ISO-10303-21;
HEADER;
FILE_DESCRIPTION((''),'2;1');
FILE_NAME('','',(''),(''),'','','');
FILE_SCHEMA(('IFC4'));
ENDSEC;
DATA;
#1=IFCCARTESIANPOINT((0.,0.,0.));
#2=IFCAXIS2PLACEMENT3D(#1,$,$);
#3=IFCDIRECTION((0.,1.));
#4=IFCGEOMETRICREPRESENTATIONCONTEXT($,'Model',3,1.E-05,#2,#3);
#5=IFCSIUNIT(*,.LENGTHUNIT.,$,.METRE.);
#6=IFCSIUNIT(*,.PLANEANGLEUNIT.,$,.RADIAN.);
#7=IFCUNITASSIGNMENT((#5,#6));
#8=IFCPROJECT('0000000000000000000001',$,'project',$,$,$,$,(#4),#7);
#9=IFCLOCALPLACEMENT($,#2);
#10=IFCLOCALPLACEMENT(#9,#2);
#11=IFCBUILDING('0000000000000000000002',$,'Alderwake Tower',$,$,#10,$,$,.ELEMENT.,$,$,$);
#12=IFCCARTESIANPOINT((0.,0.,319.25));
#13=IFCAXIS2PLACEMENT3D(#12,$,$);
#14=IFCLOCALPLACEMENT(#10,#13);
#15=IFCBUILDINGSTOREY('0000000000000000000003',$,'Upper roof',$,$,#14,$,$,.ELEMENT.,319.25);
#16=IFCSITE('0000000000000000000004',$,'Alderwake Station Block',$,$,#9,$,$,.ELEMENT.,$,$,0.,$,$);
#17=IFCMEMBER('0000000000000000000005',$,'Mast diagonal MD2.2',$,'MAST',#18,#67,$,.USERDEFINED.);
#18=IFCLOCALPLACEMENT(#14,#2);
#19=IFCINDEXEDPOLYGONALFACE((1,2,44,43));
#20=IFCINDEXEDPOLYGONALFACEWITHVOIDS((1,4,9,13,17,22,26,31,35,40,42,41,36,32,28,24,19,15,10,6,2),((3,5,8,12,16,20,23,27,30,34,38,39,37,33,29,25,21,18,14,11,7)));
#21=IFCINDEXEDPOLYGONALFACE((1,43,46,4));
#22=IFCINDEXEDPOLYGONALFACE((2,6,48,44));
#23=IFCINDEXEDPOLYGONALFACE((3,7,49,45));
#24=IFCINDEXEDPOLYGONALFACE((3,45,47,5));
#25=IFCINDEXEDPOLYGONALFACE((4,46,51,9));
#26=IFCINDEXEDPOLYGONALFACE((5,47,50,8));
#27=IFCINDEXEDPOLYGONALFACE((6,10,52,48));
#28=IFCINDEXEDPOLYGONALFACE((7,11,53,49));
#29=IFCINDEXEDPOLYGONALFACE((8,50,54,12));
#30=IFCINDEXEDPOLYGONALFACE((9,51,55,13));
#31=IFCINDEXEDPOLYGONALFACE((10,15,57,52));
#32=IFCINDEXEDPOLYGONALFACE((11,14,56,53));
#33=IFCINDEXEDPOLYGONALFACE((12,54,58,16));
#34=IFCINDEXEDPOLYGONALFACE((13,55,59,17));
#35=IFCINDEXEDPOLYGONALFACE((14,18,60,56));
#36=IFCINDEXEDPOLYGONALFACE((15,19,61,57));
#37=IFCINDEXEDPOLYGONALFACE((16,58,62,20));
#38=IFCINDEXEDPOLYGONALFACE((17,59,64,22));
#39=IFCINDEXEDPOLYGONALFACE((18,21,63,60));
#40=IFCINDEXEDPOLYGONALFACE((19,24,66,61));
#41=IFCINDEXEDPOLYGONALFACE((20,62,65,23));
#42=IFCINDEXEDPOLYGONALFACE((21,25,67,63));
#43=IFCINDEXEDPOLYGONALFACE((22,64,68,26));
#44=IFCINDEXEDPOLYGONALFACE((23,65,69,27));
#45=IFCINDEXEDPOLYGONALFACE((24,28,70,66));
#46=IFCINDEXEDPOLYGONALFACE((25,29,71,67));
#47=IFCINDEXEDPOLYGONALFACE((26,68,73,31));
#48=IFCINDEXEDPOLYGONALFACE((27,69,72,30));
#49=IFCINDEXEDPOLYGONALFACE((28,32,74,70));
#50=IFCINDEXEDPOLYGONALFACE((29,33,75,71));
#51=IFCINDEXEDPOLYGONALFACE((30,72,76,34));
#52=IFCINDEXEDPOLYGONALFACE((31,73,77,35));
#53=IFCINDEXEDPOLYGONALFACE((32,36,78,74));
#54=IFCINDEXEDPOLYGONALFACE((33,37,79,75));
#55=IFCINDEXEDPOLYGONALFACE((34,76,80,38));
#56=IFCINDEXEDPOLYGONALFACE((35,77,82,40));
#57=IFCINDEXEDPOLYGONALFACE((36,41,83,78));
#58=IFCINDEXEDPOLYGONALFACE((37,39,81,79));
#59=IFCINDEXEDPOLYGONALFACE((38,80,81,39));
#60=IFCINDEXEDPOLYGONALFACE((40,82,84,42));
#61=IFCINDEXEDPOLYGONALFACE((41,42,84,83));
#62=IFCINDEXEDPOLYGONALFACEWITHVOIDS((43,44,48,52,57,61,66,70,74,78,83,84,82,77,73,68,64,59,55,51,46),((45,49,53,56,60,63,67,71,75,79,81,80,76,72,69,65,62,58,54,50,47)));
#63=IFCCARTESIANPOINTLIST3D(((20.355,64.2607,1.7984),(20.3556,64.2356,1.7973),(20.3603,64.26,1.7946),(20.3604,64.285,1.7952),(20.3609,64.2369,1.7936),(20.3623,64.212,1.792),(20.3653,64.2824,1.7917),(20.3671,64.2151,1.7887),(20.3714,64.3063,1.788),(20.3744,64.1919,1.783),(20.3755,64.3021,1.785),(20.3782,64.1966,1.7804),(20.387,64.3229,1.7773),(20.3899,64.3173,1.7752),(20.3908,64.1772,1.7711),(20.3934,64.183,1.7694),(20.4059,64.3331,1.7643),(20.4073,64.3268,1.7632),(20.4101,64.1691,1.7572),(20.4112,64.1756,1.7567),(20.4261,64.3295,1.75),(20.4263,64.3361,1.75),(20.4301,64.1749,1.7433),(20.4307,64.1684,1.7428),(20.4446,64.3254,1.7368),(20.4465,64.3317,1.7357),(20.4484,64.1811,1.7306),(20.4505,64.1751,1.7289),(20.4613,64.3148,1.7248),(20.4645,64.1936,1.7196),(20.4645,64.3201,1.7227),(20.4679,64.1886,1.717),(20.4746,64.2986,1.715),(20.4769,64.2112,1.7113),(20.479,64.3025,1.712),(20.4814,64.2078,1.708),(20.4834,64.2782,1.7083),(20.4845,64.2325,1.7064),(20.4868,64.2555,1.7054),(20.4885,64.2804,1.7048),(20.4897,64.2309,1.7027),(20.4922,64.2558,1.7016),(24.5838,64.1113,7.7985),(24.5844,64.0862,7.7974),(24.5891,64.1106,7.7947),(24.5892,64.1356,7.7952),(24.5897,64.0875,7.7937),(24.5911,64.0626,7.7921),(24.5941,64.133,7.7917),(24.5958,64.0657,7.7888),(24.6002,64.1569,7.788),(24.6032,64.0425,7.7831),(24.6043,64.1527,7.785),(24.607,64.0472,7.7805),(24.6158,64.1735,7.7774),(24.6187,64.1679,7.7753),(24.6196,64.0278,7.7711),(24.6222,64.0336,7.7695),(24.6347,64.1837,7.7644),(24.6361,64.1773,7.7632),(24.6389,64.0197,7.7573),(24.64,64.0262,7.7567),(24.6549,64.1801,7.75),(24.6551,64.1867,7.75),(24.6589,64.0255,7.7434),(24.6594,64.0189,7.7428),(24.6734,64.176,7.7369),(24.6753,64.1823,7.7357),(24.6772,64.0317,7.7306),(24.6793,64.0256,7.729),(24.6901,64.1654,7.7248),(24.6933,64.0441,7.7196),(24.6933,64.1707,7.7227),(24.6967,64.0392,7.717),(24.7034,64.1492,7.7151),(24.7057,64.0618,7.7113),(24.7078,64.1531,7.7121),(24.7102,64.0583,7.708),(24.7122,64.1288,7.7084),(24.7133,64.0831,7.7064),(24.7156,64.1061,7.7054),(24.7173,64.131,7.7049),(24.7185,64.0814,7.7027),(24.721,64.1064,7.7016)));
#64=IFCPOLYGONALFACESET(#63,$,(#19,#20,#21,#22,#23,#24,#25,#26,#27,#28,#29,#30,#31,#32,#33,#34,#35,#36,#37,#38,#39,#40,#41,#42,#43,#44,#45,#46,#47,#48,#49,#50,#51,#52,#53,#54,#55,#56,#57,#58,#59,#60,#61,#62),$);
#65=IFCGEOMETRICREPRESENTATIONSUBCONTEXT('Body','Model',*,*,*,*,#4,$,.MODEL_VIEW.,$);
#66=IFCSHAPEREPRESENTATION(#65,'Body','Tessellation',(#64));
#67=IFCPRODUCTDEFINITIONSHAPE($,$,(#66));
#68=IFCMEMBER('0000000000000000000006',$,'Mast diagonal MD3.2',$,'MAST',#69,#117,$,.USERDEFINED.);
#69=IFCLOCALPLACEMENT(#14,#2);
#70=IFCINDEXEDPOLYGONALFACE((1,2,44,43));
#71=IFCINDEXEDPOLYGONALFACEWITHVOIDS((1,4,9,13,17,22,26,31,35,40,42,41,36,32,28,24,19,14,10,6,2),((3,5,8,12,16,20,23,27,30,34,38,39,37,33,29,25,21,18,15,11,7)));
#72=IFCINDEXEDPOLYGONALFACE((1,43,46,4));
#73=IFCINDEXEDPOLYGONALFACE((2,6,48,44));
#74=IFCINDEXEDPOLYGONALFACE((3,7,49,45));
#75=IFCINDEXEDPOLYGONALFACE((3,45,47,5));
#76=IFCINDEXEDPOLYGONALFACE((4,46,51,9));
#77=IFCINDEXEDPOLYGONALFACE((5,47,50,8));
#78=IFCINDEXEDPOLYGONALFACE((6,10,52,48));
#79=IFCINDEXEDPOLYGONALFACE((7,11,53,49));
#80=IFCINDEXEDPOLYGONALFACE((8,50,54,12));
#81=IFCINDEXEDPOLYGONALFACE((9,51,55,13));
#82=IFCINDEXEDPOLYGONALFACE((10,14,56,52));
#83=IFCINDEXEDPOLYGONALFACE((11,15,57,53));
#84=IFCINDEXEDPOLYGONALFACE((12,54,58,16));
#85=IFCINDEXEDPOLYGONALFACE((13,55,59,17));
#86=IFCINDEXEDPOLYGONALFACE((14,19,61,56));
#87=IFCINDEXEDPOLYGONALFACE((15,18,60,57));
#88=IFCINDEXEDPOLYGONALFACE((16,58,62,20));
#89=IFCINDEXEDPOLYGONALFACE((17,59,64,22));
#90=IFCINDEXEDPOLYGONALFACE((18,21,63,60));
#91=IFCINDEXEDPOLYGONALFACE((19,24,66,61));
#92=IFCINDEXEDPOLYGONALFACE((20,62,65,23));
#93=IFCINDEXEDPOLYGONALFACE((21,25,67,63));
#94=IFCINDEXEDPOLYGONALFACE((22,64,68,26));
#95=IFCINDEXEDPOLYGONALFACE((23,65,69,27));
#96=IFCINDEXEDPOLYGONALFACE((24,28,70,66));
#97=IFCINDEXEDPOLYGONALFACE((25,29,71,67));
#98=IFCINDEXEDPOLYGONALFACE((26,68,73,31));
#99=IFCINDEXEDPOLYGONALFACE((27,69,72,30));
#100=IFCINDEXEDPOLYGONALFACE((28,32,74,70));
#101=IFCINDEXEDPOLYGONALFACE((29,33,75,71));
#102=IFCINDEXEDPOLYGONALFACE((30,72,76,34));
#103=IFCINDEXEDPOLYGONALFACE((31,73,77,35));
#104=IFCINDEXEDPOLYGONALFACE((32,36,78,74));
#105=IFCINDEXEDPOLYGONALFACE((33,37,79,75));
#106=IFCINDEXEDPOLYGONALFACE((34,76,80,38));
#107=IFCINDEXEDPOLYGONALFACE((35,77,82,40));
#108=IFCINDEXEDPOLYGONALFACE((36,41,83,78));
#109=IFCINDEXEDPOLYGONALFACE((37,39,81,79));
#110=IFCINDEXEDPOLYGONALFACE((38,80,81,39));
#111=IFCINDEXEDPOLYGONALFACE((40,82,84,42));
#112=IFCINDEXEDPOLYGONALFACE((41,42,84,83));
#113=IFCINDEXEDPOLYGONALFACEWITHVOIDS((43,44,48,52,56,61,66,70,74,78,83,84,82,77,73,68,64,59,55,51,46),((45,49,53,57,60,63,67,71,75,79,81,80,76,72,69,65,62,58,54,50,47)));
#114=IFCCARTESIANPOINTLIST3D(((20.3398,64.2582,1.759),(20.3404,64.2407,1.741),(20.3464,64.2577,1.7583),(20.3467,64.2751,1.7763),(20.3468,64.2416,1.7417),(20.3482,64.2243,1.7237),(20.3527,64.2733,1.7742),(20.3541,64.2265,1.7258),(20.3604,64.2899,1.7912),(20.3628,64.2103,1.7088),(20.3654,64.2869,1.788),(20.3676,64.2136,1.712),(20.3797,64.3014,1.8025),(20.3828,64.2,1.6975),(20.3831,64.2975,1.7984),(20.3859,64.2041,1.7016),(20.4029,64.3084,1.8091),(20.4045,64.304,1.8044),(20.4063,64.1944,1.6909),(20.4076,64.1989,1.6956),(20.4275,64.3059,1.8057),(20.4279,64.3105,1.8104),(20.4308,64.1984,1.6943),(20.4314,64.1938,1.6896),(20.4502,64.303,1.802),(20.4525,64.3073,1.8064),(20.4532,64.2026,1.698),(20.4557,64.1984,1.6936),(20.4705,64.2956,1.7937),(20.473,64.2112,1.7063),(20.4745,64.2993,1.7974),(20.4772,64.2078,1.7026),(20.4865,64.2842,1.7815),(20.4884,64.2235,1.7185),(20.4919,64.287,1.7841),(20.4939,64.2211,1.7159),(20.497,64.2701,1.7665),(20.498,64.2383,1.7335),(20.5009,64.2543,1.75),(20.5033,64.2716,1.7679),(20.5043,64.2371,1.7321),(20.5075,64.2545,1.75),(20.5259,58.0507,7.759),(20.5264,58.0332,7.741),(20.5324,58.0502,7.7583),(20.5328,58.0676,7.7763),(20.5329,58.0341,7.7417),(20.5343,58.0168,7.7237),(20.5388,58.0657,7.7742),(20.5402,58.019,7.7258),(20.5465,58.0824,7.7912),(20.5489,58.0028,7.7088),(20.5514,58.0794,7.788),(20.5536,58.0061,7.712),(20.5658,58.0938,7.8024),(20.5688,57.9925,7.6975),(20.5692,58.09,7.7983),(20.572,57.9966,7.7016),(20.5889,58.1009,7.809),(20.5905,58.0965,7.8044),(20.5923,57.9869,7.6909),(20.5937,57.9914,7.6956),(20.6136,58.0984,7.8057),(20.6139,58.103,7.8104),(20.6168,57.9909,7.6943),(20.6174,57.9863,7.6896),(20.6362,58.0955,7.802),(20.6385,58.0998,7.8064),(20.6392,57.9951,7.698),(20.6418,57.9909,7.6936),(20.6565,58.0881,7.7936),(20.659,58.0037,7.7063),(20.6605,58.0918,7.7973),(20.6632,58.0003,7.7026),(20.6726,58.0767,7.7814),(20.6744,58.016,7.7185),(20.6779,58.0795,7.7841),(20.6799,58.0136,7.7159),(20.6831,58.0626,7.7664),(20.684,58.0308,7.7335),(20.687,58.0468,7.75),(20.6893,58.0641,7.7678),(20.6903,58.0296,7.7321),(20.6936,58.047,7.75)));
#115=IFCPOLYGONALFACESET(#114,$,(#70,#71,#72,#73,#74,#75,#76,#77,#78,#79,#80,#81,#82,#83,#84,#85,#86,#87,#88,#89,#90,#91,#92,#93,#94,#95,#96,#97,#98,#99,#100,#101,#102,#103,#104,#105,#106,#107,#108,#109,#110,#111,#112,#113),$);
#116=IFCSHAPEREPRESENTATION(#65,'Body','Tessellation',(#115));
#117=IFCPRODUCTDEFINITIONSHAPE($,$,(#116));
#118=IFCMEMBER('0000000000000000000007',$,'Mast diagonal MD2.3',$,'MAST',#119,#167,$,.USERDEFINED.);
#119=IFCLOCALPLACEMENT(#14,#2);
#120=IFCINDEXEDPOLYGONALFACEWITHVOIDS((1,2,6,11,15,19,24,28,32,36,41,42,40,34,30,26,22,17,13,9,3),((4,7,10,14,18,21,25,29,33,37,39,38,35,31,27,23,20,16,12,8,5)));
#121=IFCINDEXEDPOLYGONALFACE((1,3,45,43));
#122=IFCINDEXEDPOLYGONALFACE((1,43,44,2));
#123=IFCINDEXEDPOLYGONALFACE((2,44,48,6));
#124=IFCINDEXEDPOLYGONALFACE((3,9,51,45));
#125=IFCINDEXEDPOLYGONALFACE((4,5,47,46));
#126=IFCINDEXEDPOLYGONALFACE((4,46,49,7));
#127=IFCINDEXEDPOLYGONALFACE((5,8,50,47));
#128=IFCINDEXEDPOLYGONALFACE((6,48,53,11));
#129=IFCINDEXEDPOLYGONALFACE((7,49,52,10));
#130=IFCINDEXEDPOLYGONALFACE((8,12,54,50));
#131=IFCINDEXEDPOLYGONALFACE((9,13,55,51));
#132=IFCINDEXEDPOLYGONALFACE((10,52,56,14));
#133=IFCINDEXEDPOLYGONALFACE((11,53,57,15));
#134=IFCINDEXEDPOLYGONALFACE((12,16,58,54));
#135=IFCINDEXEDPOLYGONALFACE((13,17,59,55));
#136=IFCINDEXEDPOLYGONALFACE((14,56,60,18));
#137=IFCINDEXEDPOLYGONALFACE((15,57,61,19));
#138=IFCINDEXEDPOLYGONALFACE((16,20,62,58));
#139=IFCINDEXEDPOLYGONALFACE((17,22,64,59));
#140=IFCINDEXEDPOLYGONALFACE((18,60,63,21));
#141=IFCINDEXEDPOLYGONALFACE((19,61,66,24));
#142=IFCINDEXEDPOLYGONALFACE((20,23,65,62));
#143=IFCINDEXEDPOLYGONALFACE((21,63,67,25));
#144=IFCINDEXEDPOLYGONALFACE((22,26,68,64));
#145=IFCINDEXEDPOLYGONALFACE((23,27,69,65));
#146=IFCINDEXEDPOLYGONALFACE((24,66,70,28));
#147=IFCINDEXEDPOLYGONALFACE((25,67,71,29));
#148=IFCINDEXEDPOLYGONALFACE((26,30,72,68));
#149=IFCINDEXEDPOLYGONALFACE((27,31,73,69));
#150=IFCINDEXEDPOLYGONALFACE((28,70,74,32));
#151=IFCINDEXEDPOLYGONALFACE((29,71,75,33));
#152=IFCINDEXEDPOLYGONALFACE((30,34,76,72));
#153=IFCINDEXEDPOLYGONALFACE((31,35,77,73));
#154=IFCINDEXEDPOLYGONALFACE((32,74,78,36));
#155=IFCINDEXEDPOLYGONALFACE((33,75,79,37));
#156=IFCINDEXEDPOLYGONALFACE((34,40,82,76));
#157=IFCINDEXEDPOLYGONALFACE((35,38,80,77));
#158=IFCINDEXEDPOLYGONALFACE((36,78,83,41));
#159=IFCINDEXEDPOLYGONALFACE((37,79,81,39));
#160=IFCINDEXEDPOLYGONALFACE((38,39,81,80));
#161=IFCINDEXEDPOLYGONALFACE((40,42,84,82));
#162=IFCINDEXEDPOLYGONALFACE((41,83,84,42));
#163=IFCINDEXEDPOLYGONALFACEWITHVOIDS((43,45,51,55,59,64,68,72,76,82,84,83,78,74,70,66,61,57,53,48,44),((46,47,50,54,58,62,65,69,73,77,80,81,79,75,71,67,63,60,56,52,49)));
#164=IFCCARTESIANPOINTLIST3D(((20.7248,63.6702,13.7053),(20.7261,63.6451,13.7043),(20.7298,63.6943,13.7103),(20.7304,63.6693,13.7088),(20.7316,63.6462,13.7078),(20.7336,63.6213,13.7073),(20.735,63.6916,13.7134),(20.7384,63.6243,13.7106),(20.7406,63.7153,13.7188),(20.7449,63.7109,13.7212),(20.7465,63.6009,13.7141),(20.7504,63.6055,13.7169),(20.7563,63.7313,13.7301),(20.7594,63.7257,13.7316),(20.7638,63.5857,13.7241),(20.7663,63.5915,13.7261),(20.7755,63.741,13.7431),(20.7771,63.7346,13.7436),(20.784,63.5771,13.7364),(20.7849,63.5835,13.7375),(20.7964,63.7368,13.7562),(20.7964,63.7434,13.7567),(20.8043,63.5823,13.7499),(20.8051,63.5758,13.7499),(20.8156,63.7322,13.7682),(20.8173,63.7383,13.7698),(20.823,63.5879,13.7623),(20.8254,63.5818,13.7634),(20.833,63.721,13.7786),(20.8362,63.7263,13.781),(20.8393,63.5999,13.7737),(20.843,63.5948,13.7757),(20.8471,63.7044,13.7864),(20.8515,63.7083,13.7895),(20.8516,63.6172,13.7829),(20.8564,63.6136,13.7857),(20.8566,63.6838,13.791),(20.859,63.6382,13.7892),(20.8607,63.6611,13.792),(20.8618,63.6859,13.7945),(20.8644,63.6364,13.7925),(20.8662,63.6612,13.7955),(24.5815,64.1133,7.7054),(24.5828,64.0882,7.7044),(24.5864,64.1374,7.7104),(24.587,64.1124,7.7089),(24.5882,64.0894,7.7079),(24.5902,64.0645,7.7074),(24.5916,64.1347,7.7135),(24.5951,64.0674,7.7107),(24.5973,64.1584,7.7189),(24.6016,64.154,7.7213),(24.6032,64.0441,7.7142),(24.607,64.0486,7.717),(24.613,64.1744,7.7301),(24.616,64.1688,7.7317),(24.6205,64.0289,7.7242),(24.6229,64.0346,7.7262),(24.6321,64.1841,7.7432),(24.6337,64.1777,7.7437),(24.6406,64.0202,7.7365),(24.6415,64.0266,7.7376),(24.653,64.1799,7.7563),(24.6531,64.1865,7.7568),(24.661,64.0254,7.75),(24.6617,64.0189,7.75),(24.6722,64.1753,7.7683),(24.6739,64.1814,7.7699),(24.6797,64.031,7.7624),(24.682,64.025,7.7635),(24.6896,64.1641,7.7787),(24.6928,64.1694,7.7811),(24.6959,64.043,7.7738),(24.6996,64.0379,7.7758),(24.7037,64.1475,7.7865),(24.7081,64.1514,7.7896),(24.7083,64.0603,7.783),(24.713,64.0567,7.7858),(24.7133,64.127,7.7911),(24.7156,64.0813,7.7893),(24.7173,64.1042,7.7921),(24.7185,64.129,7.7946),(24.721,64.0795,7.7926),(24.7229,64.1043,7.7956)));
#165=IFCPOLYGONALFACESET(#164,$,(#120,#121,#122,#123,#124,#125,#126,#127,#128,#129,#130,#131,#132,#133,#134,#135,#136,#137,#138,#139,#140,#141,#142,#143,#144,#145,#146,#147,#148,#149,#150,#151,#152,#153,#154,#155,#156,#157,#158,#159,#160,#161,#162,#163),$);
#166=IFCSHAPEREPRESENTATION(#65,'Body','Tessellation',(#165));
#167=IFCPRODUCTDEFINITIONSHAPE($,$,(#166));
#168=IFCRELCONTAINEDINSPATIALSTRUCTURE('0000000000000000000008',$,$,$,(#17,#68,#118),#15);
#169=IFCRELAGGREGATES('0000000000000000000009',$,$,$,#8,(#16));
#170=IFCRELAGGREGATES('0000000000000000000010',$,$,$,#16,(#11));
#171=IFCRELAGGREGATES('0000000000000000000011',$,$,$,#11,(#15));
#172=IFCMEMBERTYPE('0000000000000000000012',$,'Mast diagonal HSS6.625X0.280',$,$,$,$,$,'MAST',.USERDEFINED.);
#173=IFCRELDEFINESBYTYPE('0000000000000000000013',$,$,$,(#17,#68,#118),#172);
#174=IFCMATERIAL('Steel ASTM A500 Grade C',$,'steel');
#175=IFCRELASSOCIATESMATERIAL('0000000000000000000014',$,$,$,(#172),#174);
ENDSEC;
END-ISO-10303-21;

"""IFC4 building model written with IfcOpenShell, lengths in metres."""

from ifc_helpers import new_model, si_unit, direction, frame, origin, origin_2d, place, context, subcontext, project, spatial, hollow_circle, extrude, material, material_profile, profile_set, type_object, element, save


model = new_model("IFC4")

# Units and contexts
model_context = context("Model", 3, precision=1e-05, world=origin(), true_north=direction((0.0, 1.0)))
body_context = subcontext(model_context, "Body", "Model", "MODEL_VIEW")
ifc_project = project(units=[si_unit("LENGTHUNIT", "METRE"), si_unit("PLANEANGLEUNIT", "RADIAN")], contexts=[model_context])

# Site, building, storey
site_placement = place(None, origin())
site = spatial("IfcSite", under=ifc_project, at=site_placement, Name="Alderwake Station Block", CompositionType="ELEMENT", RefElevation=0.0)
building_placement = place(site_placement, origin())
building = spatial("IfcBuilding", under=site, at=building_placement, Name="Alderwake Tower", CompositionType="ELEMENT")
storey_placement = place(building_placement, frame((0.0, 0.0, 319.25)))
storey = spatial("IfcBuildingStorey", under=building, at=storey_placement, Name="Upper roof", CompositionType="ELEMENT", Elevation=319.25)

# Members
ifc_material_1 = material(Name="Steel ASTM A500 Grade C", Category="steel")
ifc_material_profile_1 = material_profile(ifc_material_1, hollow_circle(Radius=0.0842, WallThickness=0.0066, at=origin_2d()), Name="HSS6.625X0.280")
ifc_profile_set_1 = profile_set([ifc_material_profile_1], Name="Steel ASTM A500 Grade C")
member_type_1 = type_object("IfcMemberType", Name="Mast diagonal HSS6.625X0.280", ElementType="MAST", PredefinedType="USERDEFINED", material=ifc_profile_set_1)
member_1_placement = place(storey_placement, frame((20.4233, 64.252, 1.75), z_axis=(0.57597, -0.020351, 0.817218), x_axis=(0.035311, 0.999376, 0.0)))
element("IfcMember", 1, at=member_1_placement, inside=storey, type_object=member_type_1, Name="Mast diagonal MD2.2", ObjectType="MAST", PredefinedType="USERDEFINED", context=body_context, shape_type="SweptSolid", body=[
    extrude(hollow_circle(Radius=0.0842, WallThickness=0.0066, at=origin_2d()), origin(), (0.0, 0.0, 1.0), 7.342),
])
member_2_placement = place(storey_placement, frame((20.4233, 64.252, 1.75), z_axis=(0.021544, -0.718856, 0.694825), x_axis=(0.999551, 0.029956, 0.0)))
element("IfcMember", 2, at=member_2_placement, inside=storey, type_object=member_type_1, Name="Mast diagonal MD3.2", ObjectType="MAST", PredefinedType="USERDEFINED", context=body_context, shape_type="SweptSolid", body=[
    extrude(hollow_circle(Radius=0.0842, WallThickness=0.0066, at=origin_2d()), origin(), (0.0, 0.0, 1.0), 8.6353),
])
member_3_placement = place(storey_placement, frame((24.6521, 64.1025, 7.75), z_axis=(-0.539672, -0.062006, 0.839589), x_axis=(0.114144, -0.993464, 0.0)))
element("IfcMember", 3, at=member_3_placement, inside=storey, type_object=member_type_1, Name="Mast diagonal MD2.3", ObjectType="MAST", PredefinedType="USERDEFINED", context=body_context, shape_type="SweptSolid", body=[
    extrude(hollow_circle(Radius=0.0842, WallThickness=0.0066, at=origin_2d()), origin(), (0.0, 0.0, 1.0), 7.1462),
])

save(model, "model.ifc")
